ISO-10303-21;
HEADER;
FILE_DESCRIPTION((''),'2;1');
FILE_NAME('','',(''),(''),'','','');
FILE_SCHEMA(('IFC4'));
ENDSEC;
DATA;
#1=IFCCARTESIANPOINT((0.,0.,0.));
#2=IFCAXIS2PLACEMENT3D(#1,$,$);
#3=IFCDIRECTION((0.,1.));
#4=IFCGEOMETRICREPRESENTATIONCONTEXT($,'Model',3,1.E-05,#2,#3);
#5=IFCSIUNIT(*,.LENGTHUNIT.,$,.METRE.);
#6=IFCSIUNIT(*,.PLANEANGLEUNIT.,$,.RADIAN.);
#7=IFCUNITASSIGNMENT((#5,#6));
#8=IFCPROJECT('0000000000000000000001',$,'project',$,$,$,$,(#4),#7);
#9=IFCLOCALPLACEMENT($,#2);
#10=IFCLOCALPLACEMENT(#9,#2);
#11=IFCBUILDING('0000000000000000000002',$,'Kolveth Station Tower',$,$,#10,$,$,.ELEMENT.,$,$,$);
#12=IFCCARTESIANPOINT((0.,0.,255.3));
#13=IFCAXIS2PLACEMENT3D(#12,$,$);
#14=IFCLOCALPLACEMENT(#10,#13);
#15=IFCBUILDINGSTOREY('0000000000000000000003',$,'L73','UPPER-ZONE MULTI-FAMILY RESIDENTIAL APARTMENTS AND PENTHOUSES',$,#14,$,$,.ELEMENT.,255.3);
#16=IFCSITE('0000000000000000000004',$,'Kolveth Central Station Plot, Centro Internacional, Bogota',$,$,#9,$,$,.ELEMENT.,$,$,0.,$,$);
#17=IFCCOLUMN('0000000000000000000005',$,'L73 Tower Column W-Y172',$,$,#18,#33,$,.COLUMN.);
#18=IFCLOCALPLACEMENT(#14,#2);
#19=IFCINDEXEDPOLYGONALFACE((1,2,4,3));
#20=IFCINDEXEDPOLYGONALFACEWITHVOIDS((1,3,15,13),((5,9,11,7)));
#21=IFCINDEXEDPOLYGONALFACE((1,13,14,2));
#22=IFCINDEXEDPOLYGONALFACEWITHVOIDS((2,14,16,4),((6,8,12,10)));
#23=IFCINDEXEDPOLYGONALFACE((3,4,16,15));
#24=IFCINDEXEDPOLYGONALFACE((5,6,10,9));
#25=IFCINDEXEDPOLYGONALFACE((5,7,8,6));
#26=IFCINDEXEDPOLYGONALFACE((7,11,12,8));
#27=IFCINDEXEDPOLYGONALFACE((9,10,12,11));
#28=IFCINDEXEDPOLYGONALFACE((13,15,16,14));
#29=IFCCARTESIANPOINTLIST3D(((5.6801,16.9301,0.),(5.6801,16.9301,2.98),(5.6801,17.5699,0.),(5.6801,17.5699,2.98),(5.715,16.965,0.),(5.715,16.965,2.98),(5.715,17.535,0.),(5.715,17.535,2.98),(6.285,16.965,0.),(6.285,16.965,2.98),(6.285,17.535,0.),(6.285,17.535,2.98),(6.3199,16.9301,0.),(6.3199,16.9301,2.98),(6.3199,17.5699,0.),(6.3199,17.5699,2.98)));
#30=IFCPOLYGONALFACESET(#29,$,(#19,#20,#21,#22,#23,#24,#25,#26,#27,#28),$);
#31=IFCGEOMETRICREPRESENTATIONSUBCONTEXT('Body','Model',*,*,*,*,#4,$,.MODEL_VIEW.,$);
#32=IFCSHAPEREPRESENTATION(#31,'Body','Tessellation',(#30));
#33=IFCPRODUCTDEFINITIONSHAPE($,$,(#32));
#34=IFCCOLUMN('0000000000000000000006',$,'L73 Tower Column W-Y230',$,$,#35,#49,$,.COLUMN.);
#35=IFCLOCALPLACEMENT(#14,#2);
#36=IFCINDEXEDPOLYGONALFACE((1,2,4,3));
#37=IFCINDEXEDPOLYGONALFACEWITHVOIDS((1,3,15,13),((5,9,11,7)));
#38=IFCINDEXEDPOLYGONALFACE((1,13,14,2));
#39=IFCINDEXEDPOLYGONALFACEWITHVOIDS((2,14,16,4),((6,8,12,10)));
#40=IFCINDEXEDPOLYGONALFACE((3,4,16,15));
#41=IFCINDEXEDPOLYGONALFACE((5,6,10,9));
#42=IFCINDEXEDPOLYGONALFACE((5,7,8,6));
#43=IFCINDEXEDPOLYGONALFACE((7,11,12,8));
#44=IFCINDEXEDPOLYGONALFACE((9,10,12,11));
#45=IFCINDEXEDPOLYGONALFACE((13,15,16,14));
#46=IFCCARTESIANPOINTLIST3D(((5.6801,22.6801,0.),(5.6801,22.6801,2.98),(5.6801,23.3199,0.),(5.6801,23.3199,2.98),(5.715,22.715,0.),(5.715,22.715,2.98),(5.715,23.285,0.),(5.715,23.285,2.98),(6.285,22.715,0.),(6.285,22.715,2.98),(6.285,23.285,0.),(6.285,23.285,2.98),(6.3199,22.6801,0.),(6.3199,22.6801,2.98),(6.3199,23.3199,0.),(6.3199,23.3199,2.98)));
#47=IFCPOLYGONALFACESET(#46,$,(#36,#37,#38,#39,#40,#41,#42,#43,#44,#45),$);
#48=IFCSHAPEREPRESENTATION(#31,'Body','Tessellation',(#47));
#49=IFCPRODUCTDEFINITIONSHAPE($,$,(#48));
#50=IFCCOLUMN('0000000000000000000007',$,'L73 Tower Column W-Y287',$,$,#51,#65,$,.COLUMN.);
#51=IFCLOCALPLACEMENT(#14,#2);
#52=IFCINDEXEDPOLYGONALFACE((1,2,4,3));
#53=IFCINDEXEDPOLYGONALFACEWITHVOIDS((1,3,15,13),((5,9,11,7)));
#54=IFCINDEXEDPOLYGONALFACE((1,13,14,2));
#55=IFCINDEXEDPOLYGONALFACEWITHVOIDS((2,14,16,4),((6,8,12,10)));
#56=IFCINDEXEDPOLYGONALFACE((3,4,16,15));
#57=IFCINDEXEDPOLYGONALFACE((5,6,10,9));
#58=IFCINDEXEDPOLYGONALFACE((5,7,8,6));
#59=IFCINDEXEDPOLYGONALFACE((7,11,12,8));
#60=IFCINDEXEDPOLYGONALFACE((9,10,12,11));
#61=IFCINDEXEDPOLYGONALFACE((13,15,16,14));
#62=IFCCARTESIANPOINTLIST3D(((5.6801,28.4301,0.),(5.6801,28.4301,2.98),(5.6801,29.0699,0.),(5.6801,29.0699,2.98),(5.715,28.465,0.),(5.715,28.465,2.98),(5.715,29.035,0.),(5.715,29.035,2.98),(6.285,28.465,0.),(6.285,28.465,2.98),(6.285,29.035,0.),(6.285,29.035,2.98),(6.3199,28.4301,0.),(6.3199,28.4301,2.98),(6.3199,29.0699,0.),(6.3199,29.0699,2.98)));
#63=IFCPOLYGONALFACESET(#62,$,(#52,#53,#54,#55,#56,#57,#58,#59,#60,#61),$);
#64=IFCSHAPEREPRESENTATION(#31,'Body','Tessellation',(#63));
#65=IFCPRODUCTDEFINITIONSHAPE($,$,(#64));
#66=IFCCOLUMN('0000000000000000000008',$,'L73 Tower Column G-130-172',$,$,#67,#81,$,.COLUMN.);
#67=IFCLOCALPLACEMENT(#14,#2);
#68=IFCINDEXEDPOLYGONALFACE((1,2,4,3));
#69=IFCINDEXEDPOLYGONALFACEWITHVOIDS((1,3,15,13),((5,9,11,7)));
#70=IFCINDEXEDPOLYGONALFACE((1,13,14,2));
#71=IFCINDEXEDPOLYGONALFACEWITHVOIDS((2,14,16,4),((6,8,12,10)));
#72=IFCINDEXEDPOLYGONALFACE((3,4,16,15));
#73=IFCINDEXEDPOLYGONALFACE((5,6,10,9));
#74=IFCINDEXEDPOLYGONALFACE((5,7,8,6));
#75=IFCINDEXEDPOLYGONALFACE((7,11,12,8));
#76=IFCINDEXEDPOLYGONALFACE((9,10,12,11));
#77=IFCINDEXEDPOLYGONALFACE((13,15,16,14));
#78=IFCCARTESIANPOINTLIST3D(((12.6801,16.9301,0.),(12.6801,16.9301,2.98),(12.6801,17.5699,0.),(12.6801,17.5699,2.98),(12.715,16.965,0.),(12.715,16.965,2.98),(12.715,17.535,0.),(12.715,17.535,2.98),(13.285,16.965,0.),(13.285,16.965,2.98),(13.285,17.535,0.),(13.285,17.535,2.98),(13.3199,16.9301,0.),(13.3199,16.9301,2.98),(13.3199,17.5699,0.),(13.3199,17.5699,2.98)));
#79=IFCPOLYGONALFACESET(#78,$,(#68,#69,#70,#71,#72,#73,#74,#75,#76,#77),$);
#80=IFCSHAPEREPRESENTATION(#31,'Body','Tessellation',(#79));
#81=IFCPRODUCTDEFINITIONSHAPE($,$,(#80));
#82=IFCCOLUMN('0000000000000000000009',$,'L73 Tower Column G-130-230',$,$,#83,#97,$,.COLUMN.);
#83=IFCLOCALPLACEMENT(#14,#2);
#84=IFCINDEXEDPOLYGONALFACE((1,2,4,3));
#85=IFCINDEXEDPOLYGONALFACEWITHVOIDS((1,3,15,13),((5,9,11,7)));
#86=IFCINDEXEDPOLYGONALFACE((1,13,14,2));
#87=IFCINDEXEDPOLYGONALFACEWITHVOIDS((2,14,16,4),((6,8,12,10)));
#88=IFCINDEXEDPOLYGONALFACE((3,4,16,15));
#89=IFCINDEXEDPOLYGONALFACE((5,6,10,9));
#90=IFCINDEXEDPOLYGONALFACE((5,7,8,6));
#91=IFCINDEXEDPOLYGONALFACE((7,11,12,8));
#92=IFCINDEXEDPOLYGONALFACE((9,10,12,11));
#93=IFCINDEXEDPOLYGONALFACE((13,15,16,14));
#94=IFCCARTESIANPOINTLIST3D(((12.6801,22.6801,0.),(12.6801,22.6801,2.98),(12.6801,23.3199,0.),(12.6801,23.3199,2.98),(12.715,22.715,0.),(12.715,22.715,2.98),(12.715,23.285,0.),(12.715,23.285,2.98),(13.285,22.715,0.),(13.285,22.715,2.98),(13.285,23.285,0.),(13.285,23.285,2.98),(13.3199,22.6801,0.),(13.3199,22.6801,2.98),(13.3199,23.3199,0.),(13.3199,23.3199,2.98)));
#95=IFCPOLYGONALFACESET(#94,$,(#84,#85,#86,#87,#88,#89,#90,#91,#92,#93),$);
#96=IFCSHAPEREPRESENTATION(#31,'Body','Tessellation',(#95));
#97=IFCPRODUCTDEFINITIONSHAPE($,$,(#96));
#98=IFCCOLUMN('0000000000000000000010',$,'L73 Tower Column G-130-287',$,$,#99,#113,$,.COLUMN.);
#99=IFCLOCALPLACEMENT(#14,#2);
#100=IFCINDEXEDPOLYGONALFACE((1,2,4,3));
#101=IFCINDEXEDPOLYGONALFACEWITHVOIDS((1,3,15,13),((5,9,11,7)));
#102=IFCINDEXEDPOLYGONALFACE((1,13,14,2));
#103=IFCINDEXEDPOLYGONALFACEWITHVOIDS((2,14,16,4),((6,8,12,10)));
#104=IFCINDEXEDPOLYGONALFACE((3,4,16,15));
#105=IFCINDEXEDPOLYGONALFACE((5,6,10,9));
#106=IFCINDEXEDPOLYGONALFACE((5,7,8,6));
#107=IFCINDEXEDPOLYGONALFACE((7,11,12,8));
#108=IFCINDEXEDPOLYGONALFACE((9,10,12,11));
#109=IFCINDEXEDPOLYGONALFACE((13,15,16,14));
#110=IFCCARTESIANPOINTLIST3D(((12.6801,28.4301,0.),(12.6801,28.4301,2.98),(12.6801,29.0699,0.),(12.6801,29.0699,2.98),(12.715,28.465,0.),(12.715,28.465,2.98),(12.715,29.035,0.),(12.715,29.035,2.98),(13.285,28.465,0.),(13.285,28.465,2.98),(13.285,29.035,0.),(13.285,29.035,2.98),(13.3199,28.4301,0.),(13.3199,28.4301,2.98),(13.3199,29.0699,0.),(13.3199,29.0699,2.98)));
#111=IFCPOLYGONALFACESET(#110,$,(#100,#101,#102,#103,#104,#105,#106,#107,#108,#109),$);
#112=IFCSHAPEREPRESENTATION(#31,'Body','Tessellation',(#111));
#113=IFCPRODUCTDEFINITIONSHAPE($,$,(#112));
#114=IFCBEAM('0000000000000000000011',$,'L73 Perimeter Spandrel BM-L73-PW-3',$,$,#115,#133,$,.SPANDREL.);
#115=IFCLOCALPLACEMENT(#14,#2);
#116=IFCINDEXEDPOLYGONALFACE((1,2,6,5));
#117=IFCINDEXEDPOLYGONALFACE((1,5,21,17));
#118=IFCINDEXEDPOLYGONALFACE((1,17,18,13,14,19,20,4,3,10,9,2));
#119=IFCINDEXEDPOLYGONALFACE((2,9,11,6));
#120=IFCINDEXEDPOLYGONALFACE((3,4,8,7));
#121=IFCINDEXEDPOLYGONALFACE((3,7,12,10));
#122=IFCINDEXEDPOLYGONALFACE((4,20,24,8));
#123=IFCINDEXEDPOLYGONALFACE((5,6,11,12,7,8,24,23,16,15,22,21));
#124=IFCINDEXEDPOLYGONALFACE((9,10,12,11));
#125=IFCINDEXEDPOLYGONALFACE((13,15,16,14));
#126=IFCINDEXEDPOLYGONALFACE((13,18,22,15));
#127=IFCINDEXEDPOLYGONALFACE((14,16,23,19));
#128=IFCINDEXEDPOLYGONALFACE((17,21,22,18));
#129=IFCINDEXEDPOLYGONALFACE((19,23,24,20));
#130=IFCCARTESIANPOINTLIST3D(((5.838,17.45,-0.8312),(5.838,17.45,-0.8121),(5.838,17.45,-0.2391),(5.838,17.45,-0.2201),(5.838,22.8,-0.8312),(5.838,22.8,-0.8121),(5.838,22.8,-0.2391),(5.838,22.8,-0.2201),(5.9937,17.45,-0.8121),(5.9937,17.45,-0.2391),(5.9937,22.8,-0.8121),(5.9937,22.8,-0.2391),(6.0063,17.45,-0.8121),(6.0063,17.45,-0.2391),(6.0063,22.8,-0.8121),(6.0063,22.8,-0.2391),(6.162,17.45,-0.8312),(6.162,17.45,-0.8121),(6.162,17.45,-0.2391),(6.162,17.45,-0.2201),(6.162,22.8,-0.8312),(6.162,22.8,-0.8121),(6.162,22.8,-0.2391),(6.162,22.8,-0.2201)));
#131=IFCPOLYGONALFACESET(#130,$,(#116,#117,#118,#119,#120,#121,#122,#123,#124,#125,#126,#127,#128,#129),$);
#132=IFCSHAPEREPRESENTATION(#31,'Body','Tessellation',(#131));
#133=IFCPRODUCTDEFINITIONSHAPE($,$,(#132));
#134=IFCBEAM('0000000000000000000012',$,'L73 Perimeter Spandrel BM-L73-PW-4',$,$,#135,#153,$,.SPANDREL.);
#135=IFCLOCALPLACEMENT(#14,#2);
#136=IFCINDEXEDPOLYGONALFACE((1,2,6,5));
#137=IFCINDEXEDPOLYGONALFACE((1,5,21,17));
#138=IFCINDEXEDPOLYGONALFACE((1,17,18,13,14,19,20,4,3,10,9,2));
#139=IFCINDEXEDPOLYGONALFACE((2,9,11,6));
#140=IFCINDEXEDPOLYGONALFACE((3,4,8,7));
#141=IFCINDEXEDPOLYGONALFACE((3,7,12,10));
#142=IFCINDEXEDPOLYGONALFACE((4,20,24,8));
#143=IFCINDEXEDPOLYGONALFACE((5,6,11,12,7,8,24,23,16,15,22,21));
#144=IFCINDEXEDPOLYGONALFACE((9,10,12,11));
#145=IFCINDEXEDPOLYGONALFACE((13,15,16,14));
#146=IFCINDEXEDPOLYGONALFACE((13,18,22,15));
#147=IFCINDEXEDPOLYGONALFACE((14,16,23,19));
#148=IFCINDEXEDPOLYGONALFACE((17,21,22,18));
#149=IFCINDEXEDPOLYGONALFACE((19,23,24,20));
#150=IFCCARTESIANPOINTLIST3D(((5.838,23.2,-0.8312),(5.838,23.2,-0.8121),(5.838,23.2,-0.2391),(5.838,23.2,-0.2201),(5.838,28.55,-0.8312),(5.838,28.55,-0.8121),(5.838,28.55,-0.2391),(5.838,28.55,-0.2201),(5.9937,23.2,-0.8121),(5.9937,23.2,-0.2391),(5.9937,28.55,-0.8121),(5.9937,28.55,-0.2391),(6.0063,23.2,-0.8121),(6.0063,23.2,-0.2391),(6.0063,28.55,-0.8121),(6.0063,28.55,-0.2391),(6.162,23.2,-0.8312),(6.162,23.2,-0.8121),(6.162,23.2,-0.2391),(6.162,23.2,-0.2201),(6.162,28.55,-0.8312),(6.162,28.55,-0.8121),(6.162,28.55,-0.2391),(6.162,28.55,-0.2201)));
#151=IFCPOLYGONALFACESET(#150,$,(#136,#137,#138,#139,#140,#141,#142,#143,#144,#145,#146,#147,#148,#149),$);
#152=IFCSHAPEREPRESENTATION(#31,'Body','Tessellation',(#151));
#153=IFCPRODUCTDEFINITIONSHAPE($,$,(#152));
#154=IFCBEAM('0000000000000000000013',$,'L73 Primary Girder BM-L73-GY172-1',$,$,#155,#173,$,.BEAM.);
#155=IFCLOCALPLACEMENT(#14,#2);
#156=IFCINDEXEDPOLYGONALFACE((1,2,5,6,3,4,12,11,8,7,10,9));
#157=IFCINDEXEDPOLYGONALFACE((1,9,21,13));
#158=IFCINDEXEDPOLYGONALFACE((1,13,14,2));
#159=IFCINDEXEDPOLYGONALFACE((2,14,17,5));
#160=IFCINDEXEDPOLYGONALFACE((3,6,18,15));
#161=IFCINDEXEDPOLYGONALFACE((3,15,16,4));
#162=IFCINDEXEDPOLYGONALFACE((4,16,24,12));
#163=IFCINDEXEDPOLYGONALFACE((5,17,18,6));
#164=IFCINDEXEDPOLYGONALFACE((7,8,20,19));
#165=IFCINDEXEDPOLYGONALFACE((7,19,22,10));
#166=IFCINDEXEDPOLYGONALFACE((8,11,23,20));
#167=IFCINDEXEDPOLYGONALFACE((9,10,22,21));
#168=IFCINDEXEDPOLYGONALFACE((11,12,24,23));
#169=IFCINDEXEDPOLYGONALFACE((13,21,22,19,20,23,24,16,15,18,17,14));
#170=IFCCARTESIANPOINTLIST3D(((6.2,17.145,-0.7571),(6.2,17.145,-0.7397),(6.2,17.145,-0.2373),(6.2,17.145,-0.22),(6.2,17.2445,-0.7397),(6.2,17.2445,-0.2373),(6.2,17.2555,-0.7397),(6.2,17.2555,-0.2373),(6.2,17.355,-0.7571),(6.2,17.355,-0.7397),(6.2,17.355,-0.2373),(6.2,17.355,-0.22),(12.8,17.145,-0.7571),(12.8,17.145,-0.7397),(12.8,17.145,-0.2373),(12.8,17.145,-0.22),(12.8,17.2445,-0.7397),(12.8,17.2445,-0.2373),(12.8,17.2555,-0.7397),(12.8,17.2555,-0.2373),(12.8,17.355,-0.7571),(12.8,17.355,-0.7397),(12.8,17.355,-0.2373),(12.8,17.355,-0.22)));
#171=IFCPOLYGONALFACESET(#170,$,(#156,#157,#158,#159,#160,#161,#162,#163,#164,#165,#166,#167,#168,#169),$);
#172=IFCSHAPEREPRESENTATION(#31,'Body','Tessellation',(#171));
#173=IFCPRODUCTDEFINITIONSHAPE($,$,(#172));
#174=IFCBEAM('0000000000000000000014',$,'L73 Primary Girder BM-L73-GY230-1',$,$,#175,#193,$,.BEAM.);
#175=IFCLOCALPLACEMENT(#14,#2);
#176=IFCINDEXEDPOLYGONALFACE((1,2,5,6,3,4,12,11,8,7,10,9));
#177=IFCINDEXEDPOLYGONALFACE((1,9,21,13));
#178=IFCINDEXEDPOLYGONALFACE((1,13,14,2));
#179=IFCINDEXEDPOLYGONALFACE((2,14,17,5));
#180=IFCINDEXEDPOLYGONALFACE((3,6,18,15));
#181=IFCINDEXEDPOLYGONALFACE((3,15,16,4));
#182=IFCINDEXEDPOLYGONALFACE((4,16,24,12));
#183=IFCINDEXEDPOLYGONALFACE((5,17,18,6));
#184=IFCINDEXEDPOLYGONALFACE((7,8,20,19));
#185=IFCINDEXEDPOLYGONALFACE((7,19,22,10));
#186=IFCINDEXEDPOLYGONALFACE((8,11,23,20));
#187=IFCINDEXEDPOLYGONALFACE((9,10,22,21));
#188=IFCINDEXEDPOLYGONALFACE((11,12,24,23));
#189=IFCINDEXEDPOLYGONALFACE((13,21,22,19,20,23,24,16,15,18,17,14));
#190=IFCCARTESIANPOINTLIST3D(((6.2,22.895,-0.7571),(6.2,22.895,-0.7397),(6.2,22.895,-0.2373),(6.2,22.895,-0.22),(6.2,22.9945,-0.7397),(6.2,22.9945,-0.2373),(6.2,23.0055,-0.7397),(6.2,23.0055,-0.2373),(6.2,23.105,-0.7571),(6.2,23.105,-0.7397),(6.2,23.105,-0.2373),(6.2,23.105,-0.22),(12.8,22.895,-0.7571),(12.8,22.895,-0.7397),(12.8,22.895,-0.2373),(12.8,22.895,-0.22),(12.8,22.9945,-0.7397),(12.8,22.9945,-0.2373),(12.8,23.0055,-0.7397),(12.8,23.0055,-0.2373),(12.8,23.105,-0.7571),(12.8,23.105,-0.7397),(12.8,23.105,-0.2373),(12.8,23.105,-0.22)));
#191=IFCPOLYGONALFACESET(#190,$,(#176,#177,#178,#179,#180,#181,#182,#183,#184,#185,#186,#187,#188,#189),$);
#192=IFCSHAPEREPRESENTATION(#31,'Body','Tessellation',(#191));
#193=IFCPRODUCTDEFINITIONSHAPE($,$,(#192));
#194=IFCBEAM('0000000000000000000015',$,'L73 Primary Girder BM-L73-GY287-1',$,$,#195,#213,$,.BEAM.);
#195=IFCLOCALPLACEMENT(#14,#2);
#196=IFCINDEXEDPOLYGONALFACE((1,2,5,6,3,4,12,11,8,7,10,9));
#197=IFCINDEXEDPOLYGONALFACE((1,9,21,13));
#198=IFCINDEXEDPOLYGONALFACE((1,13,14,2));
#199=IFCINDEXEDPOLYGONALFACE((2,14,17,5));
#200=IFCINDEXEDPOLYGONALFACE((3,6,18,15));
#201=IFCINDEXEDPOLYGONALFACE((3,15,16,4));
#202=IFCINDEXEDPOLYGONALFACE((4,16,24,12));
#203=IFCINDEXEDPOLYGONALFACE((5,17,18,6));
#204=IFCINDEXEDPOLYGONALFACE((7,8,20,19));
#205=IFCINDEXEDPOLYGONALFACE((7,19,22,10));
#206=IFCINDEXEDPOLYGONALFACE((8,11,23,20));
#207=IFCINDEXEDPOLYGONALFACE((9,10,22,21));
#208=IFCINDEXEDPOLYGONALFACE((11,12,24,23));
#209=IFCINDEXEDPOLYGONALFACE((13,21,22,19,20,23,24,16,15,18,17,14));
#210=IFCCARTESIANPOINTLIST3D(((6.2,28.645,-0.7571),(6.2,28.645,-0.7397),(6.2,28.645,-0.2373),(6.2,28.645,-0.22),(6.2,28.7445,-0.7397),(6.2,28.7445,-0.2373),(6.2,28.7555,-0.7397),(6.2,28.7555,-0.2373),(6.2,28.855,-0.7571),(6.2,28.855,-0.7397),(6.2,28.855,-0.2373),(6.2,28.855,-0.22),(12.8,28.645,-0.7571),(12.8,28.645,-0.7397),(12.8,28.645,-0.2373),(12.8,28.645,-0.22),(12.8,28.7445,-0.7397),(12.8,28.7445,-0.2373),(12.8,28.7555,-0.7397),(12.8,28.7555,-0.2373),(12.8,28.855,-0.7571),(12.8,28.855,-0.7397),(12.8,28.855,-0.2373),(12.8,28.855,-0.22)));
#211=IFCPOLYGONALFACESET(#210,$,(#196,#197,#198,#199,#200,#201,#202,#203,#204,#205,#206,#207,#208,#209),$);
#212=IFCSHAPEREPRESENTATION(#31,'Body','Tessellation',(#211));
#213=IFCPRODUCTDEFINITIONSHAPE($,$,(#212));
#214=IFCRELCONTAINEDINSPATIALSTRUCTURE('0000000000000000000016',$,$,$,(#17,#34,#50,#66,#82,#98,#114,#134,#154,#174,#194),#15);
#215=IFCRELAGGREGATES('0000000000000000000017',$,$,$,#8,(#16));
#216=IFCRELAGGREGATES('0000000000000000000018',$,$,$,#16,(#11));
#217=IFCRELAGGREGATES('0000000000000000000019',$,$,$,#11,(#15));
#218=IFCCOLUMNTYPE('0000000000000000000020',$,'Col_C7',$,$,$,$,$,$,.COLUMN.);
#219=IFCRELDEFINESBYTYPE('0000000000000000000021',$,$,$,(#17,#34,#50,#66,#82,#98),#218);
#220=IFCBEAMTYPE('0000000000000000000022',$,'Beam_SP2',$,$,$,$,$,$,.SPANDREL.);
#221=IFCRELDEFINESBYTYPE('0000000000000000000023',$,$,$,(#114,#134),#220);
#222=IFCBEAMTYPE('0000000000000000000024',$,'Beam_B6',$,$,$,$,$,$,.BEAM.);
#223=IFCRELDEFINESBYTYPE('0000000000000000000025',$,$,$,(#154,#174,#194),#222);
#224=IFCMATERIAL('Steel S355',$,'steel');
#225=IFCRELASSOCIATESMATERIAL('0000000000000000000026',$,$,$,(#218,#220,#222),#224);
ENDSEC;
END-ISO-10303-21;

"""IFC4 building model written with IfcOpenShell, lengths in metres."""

from ifc_helpers import new_model, si_unit, direction, frame, origin, origin_2d, place, context, subcontext, project, spatial, hollow_rectangle, i_section, extrude, source, transform, mapped, material, material_profile, profile_set, type_object, element, save


model = new_model("IFC4")

# Units and contexts
model_context = context("Model", 3, precision=1e-05, world=origin(), true_north=direction((0.0, 1.0)))
body_context = subcontext(model_context, "Body", "Model", "MODEL_VIEW")
ifc_project = project(units=[si_unit("LENGTHUNIT", "METRE"), si_unit("PLANEANGLEUNIT", "RADIAN")], contexts=[model_context])

# Site, building, storey
site_placement = place(None, origin())
site = spatial("IfcSite", under=ifc_project, at=site_placement, Name="Kolveth Central Station Plot, Centro Internacional, Bogota", CompositionType="ELEMENT", RefElevation=0.0)
building_placement = place(site_placement, origin())
building = spatial("IfcBuilding", under=site, at=building_placement, Name="Kolveth Station Tower", CompositionType="ELEMENT")
storey_placement = place(building_placement, frame((0.0, 0.0, 255.3)))
storey = spatial("IfcBuildingStorey", under=building, at=storey_placement, Name="L73", Description="UPPER-ZONE MULTI-FAMILY RESIDENTIAL APARTMENTS AND PENTHOUSES", CompositionType="ELEMENT", Elevation=255.3)

# Columns
ifc_material_1 = material(Name="Steel S355", Category="steel")
ifc_material_profile_1 = material_profile(ifc_material_1, hollow_rectangle(XDim=0.6399, YDim=0.6399, WallThickness=0.0349, at=origin_2d()), Name="BOX640x640x35")
ifc_profile_set_1 = profile_set([ifc_material_profile_1], Name="Steel S355")
column_type = type_object("IfcColumnType", Name="Col_C7", PredefinedType="COLUMN", material=ifc_profile_set_1)
shared_shape_1 = source(origin(), body_context, "Body", "SweptSolid", [
    extrude(hollow_rectangle(XDim=0.6399, YDim=0.6399, WallThickness=0.0349, at=origin_2d()), origin(), (0.0, 0.0, 1.0), 2.98),
])
for number, where, z_axis, x_axis, name in (
    (1, (6.0, 17.25, 0.0), (0.0, 0.0, 1.0), (1.0, 0.0, 0.0), "L73 Tower Column W-Y172"),
    (2, (6.0, 23.0, 0.0), (0.0, 0.0, 1.0), (1.0, 0.0, 0.0), "L73 Tower Column W-Y230"),
    (3, (6.0, 28.75, 0.0), (0.0, 0.0, 1.0), (1.0, 0.0, 0.0), "L73 Tower Column W-Y287"),
    (4, (13.0, 17.25, 0.0), (0.0, 0.0, 1.0), (1.0, 0.0, 0.0), "L73 Tower Column G-130-172"),
    (5, (13.0, 23.0, 0.0), (0.0, 0.0, 1.0), (1.0, 0.0, 0.0), "L73 Tower Column G-130-230"),
    (6, (13.0, 28.75, 0.0), (0.0, 0.0, 1.0), (1.0, 0.0, 0.0), "L73 Tower Column G-130-287"),
):
    element("IfcColumn", number, at=place(storey_placement, frame(where, z_axis=z_axis, x_axis=x_axis)), inside=storey, type_object=column_type, Name=name, PredefinedType="COLUMN", context=body_context, shape_type="MappedRepresentation", body=[
        mapped(shared_shape_1, transform((0.0, 0.0, 0.0), x_axis=(1.0, 0.0, 0.0), y_axis=(0.0, 1.0, 0.0), z_axis=(0.0, 0.0, 1.0), scale=1.0)),
    ])

# Beams
ifc_material_profile_2 = material_profile(ifc_material_1, i_section(OverallWidth=0.324, OverallDepth=0.6111, WebThickness=0.0127, FlangeThickness=0.019, at=origin_2d()), Name="W610x155")
ifc_profile_set_2 = profile_set([ifc_material_profile_2], Name="Steel S355")
beam_type_1 = type_object("IfcBeamType", Name="Beam_SP2", PredefinedType="SPANDREL", material=ifc_profile_set_2)
shared_shape_2 = source(origin(), body_context, "Body", "SweptSolid", [
    extrude(i_section(OverallWidth=0.324, OverallDepth=0.6111, WebThickness=0.0127, FlangeThickness=0.019, at=origin_2d()), origin(), (0.0, 0.0, 1.0), 5.3501),
])
for number, where, z_axis, x_axis, name in (
    (7, (6.0, 17.45, -0.5256), (0.0, 1.0, 0.0), (-1.0, 0.0, 0.0), "L73 Perimeter Spandrel BM-L73-PW-3"),
    (8, (6.0, 23.2, -0.5256), (0.0, 1.0, 0.0), (-1.0, 0.0, 0.0), "L73 Perimeter Spandrel BM-L73-PW-4"),
):
    element("IfcBeam", number, at=place(storey_placement, frame(where, z_axis=z_axis, x_axis=x_axis)), inside=storey, type_object=beam_type_1, Name=name, PredefinedType="SPANDREL", context=body_context, shape_type="MappedRepresentation", body=[
        mapped(shared_shape_2, transform((0.0, 0.0, 0.0), x_axis=(1.0, 0.0, 0.0), y_axis=(0.0, 1.0, 0.0), z_axis=(0.0, 0.0, 1.0), scale=1.0)),
    ])
ifc_material_profile_3 = material_profile(ifc_material_1, i_section(OverallWidth=0.21, OverallDepth=0.5371, WebThickness=0.011, FlangeThickness=0.0173, at=origin_2d()), Name="W530x101")
ifc_profile_set_3 = profile_set([ifc_material_profile_3], Name="Steel S355")
beam_type_2 = type_object("IfcBeamType", Name="Beam_B6", PredefinedType="BEAM", material=ifc_profile_set_3)
shared_shape_3 = source(origin(), body_context, "Body", "SweptSolid", [
    extrude(i_section(OverallWidth=0.21, OverallDepth=0.5371, WebThickness=0.011, FlangeThickness=0.0173, at=origin_2d()), origin(), (0.0, 0.0, 1.0), 6.6001),
])
for number, where, z_axis, x_axis, name in (
    (9, (6.2, 17.25, -0.4885), (1.0, 0.0, 0.0), (0.0, 1.0, 0.0), "L73 Primary Girder BM-L73-GY172-1"),
    (10, (6.2, 23.0, -0.4885), (1.0, 0.0, 0.0), (0.0, 1.0, 0.0), "L73 Primary Girder BM-L73-GY230-1"),
    (11, (6.2, 28.75, -0.4885), (1.0, 0.0, 0.0), (0.0, 1.0, 0.0), "L73 Primary Girder BM-L73-GY287-1"),
):
    element("IfcBeam", number, at=place(storey_placement, frame(where, z_axis=z_axis, x_axis=x_axis)), inside=storey, type_object=beam_type_2, Name=name, PredefinedType="BEAM", context=body_context, shape_type="MappedRepresentation", body=[
        mapped(shared_shape_3, transform((0.0, 0.0, 0.0), x_axis=(1.0, 0.0, 0.0), y_axis=(0.0, 1.0, 0.0), z_axis=(0.0, 0.0, 1.0), scale=1.0)),
    ])

save(model, "model.ifc")
